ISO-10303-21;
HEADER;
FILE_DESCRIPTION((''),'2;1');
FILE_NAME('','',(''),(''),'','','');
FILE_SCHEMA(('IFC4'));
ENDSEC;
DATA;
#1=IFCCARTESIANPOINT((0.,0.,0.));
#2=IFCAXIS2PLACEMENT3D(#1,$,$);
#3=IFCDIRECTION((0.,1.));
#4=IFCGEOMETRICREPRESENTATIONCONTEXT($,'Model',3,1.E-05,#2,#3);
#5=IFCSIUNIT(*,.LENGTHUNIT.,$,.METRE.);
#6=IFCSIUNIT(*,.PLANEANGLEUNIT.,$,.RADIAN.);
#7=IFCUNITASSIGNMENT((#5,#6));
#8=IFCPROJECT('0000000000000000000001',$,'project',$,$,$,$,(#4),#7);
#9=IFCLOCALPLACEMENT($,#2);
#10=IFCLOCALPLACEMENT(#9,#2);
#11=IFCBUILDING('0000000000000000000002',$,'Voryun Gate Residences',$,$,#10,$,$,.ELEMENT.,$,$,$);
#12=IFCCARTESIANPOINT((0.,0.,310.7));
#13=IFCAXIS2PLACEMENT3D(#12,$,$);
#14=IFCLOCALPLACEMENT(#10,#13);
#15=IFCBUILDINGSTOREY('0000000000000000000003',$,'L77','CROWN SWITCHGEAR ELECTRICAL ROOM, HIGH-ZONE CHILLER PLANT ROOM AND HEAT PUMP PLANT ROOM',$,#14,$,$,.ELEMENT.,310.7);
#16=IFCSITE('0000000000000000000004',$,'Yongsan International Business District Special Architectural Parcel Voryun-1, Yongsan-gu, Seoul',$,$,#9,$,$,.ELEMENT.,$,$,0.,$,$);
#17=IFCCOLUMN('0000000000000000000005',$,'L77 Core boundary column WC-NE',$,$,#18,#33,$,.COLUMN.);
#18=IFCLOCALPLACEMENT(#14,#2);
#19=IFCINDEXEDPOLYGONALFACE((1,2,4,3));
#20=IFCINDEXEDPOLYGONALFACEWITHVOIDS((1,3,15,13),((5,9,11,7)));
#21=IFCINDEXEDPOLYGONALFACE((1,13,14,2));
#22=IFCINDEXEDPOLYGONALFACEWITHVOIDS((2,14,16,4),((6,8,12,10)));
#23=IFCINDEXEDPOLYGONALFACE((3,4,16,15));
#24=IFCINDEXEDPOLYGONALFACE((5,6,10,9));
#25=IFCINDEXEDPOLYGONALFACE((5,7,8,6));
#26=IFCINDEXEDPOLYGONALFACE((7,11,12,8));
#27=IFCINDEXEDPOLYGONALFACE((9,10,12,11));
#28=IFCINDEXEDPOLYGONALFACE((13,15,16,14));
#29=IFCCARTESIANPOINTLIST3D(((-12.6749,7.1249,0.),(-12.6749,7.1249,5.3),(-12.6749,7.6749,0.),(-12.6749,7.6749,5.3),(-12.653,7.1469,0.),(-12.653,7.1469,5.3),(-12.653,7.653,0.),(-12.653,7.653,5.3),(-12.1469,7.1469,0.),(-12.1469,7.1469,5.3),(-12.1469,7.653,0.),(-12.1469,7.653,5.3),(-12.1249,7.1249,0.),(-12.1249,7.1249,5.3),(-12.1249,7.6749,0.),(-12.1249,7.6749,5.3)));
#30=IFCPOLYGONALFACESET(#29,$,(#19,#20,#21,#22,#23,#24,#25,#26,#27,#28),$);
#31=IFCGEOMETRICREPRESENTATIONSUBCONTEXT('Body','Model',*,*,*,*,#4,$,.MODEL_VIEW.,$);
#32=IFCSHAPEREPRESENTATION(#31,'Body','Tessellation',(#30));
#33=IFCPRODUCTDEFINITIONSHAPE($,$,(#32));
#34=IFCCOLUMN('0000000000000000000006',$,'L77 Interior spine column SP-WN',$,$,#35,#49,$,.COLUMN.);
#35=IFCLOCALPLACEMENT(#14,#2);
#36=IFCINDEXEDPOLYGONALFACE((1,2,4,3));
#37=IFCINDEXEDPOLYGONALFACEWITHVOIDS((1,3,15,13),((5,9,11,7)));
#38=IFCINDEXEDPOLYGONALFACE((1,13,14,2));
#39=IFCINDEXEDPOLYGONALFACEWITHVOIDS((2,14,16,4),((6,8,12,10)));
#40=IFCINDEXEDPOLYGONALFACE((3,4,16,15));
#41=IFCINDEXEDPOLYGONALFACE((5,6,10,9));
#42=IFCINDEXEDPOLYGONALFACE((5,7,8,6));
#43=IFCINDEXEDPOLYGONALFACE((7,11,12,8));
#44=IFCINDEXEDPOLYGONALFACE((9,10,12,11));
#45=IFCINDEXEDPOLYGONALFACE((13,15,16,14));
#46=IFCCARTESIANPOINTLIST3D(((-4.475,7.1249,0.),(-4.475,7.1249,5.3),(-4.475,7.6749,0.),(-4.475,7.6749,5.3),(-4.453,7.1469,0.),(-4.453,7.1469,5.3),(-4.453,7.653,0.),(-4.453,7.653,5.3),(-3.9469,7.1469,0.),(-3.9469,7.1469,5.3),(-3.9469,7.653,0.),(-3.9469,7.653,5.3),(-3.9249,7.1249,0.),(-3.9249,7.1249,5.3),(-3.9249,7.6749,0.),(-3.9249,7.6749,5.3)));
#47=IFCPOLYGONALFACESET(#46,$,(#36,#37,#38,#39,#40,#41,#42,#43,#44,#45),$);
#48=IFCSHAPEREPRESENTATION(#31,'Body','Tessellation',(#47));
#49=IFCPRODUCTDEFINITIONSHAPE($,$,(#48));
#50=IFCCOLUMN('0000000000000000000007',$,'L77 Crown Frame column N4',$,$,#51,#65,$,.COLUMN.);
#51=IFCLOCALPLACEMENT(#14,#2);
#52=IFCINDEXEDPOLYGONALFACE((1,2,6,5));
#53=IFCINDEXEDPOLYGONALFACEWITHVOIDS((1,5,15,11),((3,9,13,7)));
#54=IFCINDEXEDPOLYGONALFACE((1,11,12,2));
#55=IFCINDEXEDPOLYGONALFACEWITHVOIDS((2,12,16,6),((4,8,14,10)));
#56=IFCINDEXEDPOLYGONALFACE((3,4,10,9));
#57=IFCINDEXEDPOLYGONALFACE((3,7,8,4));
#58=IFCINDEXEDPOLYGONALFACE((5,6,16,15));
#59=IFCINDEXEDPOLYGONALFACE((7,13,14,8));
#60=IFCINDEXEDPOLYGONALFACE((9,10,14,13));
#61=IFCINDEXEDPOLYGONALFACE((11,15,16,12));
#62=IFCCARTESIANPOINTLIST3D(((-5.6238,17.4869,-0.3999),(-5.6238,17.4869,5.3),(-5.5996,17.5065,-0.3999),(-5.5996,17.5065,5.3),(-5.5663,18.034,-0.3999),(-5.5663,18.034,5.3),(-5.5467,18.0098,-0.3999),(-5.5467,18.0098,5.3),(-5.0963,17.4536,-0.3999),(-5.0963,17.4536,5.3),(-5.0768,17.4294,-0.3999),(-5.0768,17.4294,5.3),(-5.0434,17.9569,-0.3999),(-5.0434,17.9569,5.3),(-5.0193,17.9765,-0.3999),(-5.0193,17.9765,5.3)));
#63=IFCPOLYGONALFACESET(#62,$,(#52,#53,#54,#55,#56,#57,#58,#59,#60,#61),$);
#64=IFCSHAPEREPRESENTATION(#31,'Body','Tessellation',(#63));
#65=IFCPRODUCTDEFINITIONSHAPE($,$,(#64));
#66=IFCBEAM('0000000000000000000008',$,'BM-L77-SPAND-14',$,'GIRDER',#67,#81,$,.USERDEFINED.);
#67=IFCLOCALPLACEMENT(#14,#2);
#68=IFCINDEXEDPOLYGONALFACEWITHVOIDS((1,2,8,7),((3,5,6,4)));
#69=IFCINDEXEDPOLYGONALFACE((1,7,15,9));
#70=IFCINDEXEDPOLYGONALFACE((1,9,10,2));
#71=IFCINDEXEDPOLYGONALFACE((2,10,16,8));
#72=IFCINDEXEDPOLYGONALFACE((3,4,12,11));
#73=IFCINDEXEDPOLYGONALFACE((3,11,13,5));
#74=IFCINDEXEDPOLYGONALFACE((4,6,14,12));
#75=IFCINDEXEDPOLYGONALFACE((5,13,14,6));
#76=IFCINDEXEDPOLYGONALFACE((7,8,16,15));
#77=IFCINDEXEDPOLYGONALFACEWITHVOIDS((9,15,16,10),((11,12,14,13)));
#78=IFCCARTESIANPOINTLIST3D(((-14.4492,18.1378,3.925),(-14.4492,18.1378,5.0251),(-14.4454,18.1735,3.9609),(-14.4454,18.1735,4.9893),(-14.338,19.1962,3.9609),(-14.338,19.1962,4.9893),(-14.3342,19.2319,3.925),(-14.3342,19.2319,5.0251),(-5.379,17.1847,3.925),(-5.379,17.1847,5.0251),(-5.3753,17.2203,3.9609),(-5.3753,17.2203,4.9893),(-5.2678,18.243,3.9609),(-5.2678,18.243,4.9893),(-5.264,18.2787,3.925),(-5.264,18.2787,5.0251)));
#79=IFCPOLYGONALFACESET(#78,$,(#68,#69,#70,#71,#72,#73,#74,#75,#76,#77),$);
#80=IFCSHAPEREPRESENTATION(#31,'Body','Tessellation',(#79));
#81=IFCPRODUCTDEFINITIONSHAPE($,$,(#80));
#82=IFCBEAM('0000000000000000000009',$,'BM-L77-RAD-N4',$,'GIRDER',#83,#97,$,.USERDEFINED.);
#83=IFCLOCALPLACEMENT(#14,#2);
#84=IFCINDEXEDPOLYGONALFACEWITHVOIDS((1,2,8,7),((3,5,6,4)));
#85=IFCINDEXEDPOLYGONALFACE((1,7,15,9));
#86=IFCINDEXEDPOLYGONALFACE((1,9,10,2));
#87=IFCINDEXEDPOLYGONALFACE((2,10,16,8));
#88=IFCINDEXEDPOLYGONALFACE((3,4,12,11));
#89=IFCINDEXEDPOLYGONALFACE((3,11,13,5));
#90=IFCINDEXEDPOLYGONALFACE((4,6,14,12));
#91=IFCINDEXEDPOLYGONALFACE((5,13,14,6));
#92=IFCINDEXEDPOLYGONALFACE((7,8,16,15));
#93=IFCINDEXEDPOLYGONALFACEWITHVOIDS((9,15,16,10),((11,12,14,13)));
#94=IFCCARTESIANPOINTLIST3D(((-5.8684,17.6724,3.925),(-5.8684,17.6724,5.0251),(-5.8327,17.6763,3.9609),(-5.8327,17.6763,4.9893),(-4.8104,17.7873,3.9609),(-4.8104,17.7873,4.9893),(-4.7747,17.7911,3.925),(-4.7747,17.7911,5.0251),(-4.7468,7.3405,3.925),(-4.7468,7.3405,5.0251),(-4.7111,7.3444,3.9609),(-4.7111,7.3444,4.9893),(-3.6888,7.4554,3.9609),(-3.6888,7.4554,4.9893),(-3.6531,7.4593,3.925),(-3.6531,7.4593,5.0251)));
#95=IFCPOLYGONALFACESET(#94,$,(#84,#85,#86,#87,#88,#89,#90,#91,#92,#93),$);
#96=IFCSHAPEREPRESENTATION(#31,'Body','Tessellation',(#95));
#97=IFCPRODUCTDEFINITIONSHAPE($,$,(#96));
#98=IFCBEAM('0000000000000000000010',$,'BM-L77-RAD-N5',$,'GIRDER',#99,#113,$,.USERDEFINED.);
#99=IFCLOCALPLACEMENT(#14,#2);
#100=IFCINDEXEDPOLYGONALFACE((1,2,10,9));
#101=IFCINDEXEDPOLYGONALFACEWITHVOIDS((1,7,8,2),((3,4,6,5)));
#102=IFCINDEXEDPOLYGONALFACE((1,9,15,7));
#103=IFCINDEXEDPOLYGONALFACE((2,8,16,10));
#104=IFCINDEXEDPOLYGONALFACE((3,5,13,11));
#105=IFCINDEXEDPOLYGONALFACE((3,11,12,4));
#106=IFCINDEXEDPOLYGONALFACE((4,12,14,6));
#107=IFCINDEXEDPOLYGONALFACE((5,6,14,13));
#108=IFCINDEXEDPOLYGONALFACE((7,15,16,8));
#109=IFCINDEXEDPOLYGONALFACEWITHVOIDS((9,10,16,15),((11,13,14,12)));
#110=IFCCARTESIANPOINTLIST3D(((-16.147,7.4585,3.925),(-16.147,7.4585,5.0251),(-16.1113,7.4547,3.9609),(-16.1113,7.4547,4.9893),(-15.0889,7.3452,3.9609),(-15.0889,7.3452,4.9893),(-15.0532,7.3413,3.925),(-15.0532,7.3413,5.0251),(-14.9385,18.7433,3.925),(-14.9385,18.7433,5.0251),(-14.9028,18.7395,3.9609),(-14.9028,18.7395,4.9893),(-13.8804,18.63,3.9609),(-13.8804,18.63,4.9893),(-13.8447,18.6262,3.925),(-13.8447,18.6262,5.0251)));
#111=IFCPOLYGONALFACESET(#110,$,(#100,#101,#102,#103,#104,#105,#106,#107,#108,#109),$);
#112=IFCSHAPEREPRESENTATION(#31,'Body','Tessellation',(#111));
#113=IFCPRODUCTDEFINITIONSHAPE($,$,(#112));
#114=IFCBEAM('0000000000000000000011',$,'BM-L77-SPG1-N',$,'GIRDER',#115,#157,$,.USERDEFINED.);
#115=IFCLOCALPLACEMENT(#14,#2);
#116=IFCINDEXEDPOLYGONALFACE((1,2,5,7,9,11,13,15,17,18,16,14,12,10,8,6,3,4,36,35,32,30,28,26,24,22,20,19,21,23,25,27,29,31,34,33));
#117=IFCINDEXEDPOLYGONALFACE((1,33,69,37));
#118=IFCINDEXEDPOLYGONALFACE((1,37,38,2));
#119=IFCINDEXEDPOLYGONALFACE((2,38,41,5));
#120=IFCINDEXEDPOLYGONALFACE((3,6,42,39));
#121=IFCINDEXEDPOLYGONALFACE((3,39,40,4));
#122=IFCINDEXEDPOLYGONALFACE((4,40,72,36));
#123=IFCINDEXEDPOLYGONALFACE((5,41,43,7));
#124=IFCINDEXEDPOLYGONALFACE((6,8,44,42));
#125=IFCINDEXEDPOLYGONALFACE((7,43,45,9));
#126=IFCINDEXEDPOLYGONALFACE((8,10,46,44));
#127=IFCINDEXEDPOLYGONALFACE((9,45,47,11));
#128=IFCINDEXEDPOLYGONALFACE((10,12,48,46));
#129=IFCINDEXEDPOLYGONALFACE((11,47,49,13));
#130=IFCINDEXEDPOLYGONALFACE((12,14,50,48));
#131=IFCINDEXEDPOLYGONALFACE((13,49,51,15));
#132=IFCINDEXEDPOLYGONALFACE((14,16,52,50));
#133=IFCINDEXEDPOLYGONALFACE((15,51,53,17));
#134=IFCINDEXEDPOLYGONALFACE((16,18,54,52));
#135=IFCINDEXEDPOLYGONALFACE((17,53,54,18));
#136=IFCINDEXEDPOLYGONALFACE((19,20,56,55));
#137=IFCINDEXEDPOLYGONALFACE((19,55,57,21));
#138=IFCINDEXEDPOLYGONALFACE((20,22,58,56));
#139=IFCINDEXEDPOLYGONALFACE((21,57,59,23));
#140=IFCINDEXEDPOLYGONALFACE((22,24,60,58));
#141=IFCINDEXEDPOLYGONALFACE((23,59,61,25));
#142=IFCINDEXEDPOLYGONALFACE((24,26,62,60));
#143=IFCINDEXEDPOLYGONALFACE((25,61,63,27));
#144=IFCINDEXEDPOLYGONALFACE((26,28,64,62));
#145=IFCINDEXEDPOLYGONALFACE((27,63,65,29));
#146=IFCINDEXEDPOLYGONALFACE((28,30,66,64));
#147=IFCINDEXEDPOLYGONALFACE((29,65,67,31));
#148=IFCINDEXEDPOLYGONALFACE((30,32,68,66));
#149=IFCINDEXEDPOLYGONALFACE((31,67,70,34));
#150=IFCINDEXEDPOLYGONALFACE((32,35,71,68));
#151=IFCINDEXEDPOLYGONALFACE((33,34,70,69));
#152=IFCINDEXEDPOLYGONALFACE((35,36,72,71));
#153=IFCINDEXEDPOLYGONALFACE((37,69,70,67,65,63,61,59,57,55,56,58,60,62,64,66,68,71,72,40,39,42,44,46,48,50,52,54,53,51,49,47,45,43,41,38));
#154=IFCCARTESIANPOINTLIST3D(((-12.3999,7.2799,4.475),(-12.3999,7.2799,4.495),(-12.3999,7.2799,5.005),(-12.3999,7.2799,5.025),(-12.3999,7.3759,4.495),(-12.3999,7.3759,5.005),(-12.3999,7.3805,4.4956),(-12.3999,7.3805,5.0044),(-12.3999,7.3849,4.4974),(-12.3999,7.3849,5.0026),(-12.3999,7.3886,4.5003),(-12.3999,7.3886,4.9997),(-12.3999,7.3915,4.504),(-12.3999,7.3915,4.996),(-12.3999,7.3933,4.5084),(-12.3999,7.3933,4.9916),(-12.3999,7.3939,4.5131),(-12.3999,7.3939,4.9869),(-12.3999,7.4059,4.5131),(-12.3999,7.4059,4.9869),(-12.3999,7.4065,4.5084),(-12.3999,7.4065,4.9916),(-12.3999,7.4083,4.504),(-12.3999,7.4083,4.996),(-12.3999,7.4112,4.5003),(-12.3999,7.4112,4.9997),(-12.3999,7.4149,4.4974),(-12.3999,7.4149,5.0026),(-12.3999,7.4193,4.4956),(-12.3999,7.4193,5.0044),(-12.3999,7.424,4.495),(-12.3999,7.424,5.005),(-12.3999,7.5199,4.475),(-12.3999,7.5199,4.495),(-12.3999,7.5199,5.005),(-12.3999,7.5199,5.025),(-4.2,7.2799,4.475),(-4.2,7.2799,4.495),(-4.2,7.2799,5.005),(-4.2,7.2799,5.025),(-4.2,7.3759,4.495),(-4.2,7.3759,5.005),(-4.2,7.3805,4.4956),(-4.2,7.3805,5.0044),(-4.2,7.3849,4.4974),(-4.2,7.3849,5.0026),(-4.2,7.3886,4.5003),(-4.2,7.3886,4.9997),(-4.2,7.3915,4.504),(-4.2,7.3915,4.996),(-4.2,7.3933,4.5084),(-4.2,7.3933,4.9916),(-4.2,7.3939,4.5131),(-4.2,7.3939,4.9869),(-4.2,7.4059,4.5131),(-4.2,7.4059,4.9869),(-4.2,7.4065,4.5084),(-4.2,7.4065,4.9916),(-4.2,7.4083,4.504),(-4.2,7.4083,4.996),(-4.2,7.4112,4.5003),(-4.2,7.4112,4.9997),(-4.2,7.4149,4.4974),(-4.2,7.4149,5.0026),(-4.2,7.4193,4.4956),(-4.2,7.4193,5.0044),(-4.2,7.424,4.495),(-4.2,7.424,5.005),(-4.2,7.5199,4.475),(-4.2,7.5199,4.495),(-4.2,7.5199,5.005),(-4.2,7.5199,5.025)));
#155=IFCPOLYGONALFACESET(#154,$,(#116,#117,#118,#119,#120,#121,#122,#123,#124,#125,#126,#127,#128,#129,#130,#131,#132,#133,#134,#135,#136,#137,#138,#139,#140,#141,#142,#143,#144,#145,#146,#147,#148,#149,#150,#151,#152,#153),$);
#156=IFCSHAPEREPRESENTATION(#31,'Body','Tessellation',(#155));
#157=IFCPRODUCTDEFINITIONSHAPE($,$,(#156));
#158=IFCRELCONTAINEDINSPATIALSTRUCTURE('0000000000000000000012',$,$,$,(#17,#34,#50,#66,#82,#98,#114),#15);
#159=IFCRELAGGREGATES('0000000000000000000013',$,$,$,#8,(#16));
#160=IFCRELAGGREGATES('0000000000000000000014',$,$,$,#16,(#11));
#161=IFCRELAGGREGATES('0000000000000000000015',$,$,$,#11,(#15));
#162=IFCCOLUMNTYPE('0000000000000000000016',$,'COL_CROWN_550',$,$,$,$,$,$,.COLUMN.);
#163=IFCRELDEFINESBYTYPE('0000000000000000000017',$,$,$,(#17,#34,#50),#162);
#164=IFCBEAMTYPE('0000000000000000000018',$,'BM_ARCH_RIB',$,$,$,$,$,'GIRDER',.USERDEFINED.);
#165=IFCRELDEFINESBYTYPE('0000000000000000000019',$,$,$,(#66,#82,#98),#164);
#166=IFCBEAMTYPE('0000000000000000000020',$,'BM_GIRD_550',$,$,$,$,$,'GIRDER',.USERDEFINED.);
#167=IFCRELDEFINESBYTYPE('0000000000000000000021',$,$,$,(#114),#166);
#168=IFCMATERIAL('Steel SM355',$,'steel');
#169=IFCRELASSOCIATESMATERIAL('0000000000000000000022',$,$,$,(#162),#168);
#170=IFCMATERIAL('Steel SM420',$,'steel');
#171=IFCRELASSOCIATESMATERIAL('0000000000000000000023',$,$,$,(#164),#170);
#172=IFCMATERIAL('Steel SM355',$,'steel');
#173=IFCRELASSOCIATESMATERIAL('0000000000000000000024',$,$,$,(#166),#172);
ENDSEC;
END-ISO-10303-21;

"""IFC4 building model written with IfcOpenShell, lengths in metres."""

from ifc_helpers import new_model, si_unit, direction, frame, origin, origin_2d, place, context, subcontext, project, spatial, hollow_rectangle, i_section, extrude, material, material_profile, profile_set, type_object, element, save


model = new_model("IFC4")

# Units and contexts
model_context = context("Model", 3, precision=1e-05, world=origin(), true_north=direction((0.0, 1.0)))
body_context = subcontext(model_context, "Body", "Model", "MODEL_VIEW")
ifc_project = project(units=[si_unit("LENGTHUNIT", "METRE"), si_unit("PLANEANGLEUNIT", "RADIAN")], contexts=[model_context])

# Site, building, storey
site_placement = place(None, origin())
site = spatial("IfcSite", under=ifc_project, at=site_placement, Name="Yongsan International Business District Special Architectural Parcel Voryun-1, Yongsan-gu, Seoul", CompositionType="ELEMENT", RefElevation=0.0)
building_placement = place(site_placement, origin())
building = spatial("IfcBuilding", under=site, at=building_placement, Name="Voryun Gate Residences", CompositionType="ELEMENT")
storey_placement = place(building_placement, frame((0.0, 0.0, 310.7)))
storey = spatial("IfcBuildingStorey", under=building, at=storey_placement, Name="L77", Description="CROWN SWITCHGEAR ELECTRICAL ROOM, HIGH-ZONE CHILLER PLANT ROOM AND HEAT PUMP PLANT ROOM", CompositionType="ELEMENT", Elevation=310.7)

# Columns
ifc_material_1 = material(Name="Steel SM355", Category="steel")
ifc_material_profile_1 = material_profile(ifc_material_1, hollow_rectangle(XDim=0.55, YDim=0.55, WallThickness=0.022, at=origin_2d()), Name="BOX-550x550x22")
ifc_profile_set_1 = profile_set([ifc_material_profile_1], Name="Steel SM355")
column_type = type_object("IfcColumnType", Name="COL_CROWN_550", PredefinedType="COLUMN", material=ifc_profile_set_1)
for number, where, z_axis, x_axis, name in (
    (1, (-12.3999, 7.3999, 0.0), (0.0, 0.0, 1.0), (1.0, 0.0, 0.0), "L77 Core boundary column WC-NE"),
    (2, (-4.2, 7.3999, 0.0), (0.0, 0.0, 1.0), (1.0, 0.0, 0.0), "L77 Interior spine column SP-WN"),
):
    element("IfcColumn", number, at=place(storey_placement, frame(where, z_axis=z_axis, x_axis=x_axis)), inside=storey, type_object=column_type, Name=name, PredefinedType="COLUMN", context=body_context, shape_type="SweptSolid", body=[
        extrude(hollow_rectangle(XDim=0.55, YDim=0.55, WallThickness=0.022, at=origin_2d()), origin(), (0.0, 0.0, 1.0), 5.3),
    ])
column_placement = place(storey_placement, frame((-5.3215, 17.7317, -0.3999), z_axis=(0.0, 0.0, 1.0), x_axis=(0.994522, -0.104528, 0.0)))
element("IfcColumn", 3, at=column_placement, inside=storey, type_object=column_type, Name="L77 Crown Frame column N4", PredefinedType="COLUMN", context=body_context, shape_type="SweptSolid", body=[
    extrude(hollow_rectangle(XDim=0.55, YDim=0.55, WallThickness=0.022, at=origin_2d()), origin(), (0.0, 0.0, 1.0), 5.7),
])

# Beams
ifc_material_2 = material(Name="Steel SM420", Category="steel")
ifc_material_profile_2 = material_profile(ifc_material_2, hollow_rectangle(XDim=1.1001, YDim=1.1001, WallThickness=0.0359, at=origin_2d()), Name="BOX-1100x1100x36")
ifc_profile_set_2 = profile_set([ifc_material_profile_2], Name="Steel SM420")
beam_type_1 = type_object("IfcBeamType", Name="BM_ARCH_RIB", ElementType="GIRDER", PredefinedType="USERDEFINED", material=ifc_profile_set_2)
beam_1_placement = place(storey_placement, frame((-5.3215, 17.7317, 4.4751), z_axis=(-0.994524, 0.104509, 0.0), x_axis=(-0.104509, -0.994524, 0.0)))
element("IfcBeam", 4, at=beam_1_placement, inside=storey, type_object=beam_type_1, Name="BM-L77-SPAND-14", ObjectType="GIRDER", PredefinedType="USERDEFINED", context=body_context, shape_type="SweptSolid", body=[
    extrude(hollow_rectangle(XDim=1.1001, YDim=1.1001, WallThickness=0.0359, at=origin_2d()), origin(), (0.0, 0.0, 1.0), 9.1201),
])
beam_2_placement = place(storey_placement, frame((-4.2, 7.3999, 4.4751), z_axis=(-0.107922, 0.994159, 0.0), x_axis=(-0.994159, -0.107922, 0.0)))
element("IfcBeam", 5, at=beam_2_placement, inside=storey, type_object=beam_type_1, Name="BM-L77-RAD-N4", ObjectType="GIRDER", PredefinedType="USERDEFINED", context=body_context, shape_type="SweptSolid", body=[
    extrude(hollow_rectangle(XDim=1.1001, YDim=1.1001, WallThickness=0.0359, at=origin_2d()), origin(), (0.0, 0.0, 1.0), 10.3926),
])
beam_3_placement = place(storey_placement, frame((-15.6001, 7.3999, 4.4751), z_axis=(0.106481, 0.994315, 0.0), x_axis=(-0.994315, 0.106481, 0.0)))
element("IfcBeam", 6, at=beam_3_placement, inside=storey, type_object=beam_type_1, Name="BM-L77-RAD-N5", ObjectType="GIRDER", PredefinedType="USERDEFINED", context=body_context, shape_type="SweptSolid", body=[
    extrude(hollow_rectangle(XDim=1.1001, YDim=1.1001, WallThickness=0.0359, at=origin_2d()), origin(), (0.0, 0.0, 1.0), 11.3494),
])
ifc_material_3 = material(Name="Steel SM355", Category="steel")
ifc_material_profile_3 = material_profile(ifc_material_3, i_section(OverallWidth=0.24, OverallDepth=0.55, WebThickness=0.012, FlangeThickness=0.02, FilletRadius=0.0181, at=origin_2d()), Name="H-550x240x12x20")
ifc_profile_set_3 = profile_set([ifc_material_profile_3], Name="Steel SM355")
beam_type_2 = type_object("IfcBeamType", Name="BM_GIRD_550", ElementType="GIRDER", PredefinedType="USERDEFINED", material=ifc_profile_set_3)
beam_4_placement = place(storey_placement, frame((-12.3999, 7.3999, 4.75), z_axis=(1.0, 0.0, 0.0), x_axis=(0.0, 1.0, 0.0)))
element("IfcBeam", 7, at=beam_4_placement, inside=storey, type_object=beam_type_2, Name="BM-L77-SPG1-N", ObjectType="GIRDER", PredefinedType="USERDEFINED", context=body_context, shape_type="SweptSolid", body=[
    extrude(i_section(OverallWidth=0.24, OverallDepth=0.55, WebThickness=0.012, FlangeThickness=0.02, FilletRadius=0.0181, at=origin_2d()), origin(), (0.0, 0.0, 1.0), 8.2),
])

save(model, "model.ifc")
